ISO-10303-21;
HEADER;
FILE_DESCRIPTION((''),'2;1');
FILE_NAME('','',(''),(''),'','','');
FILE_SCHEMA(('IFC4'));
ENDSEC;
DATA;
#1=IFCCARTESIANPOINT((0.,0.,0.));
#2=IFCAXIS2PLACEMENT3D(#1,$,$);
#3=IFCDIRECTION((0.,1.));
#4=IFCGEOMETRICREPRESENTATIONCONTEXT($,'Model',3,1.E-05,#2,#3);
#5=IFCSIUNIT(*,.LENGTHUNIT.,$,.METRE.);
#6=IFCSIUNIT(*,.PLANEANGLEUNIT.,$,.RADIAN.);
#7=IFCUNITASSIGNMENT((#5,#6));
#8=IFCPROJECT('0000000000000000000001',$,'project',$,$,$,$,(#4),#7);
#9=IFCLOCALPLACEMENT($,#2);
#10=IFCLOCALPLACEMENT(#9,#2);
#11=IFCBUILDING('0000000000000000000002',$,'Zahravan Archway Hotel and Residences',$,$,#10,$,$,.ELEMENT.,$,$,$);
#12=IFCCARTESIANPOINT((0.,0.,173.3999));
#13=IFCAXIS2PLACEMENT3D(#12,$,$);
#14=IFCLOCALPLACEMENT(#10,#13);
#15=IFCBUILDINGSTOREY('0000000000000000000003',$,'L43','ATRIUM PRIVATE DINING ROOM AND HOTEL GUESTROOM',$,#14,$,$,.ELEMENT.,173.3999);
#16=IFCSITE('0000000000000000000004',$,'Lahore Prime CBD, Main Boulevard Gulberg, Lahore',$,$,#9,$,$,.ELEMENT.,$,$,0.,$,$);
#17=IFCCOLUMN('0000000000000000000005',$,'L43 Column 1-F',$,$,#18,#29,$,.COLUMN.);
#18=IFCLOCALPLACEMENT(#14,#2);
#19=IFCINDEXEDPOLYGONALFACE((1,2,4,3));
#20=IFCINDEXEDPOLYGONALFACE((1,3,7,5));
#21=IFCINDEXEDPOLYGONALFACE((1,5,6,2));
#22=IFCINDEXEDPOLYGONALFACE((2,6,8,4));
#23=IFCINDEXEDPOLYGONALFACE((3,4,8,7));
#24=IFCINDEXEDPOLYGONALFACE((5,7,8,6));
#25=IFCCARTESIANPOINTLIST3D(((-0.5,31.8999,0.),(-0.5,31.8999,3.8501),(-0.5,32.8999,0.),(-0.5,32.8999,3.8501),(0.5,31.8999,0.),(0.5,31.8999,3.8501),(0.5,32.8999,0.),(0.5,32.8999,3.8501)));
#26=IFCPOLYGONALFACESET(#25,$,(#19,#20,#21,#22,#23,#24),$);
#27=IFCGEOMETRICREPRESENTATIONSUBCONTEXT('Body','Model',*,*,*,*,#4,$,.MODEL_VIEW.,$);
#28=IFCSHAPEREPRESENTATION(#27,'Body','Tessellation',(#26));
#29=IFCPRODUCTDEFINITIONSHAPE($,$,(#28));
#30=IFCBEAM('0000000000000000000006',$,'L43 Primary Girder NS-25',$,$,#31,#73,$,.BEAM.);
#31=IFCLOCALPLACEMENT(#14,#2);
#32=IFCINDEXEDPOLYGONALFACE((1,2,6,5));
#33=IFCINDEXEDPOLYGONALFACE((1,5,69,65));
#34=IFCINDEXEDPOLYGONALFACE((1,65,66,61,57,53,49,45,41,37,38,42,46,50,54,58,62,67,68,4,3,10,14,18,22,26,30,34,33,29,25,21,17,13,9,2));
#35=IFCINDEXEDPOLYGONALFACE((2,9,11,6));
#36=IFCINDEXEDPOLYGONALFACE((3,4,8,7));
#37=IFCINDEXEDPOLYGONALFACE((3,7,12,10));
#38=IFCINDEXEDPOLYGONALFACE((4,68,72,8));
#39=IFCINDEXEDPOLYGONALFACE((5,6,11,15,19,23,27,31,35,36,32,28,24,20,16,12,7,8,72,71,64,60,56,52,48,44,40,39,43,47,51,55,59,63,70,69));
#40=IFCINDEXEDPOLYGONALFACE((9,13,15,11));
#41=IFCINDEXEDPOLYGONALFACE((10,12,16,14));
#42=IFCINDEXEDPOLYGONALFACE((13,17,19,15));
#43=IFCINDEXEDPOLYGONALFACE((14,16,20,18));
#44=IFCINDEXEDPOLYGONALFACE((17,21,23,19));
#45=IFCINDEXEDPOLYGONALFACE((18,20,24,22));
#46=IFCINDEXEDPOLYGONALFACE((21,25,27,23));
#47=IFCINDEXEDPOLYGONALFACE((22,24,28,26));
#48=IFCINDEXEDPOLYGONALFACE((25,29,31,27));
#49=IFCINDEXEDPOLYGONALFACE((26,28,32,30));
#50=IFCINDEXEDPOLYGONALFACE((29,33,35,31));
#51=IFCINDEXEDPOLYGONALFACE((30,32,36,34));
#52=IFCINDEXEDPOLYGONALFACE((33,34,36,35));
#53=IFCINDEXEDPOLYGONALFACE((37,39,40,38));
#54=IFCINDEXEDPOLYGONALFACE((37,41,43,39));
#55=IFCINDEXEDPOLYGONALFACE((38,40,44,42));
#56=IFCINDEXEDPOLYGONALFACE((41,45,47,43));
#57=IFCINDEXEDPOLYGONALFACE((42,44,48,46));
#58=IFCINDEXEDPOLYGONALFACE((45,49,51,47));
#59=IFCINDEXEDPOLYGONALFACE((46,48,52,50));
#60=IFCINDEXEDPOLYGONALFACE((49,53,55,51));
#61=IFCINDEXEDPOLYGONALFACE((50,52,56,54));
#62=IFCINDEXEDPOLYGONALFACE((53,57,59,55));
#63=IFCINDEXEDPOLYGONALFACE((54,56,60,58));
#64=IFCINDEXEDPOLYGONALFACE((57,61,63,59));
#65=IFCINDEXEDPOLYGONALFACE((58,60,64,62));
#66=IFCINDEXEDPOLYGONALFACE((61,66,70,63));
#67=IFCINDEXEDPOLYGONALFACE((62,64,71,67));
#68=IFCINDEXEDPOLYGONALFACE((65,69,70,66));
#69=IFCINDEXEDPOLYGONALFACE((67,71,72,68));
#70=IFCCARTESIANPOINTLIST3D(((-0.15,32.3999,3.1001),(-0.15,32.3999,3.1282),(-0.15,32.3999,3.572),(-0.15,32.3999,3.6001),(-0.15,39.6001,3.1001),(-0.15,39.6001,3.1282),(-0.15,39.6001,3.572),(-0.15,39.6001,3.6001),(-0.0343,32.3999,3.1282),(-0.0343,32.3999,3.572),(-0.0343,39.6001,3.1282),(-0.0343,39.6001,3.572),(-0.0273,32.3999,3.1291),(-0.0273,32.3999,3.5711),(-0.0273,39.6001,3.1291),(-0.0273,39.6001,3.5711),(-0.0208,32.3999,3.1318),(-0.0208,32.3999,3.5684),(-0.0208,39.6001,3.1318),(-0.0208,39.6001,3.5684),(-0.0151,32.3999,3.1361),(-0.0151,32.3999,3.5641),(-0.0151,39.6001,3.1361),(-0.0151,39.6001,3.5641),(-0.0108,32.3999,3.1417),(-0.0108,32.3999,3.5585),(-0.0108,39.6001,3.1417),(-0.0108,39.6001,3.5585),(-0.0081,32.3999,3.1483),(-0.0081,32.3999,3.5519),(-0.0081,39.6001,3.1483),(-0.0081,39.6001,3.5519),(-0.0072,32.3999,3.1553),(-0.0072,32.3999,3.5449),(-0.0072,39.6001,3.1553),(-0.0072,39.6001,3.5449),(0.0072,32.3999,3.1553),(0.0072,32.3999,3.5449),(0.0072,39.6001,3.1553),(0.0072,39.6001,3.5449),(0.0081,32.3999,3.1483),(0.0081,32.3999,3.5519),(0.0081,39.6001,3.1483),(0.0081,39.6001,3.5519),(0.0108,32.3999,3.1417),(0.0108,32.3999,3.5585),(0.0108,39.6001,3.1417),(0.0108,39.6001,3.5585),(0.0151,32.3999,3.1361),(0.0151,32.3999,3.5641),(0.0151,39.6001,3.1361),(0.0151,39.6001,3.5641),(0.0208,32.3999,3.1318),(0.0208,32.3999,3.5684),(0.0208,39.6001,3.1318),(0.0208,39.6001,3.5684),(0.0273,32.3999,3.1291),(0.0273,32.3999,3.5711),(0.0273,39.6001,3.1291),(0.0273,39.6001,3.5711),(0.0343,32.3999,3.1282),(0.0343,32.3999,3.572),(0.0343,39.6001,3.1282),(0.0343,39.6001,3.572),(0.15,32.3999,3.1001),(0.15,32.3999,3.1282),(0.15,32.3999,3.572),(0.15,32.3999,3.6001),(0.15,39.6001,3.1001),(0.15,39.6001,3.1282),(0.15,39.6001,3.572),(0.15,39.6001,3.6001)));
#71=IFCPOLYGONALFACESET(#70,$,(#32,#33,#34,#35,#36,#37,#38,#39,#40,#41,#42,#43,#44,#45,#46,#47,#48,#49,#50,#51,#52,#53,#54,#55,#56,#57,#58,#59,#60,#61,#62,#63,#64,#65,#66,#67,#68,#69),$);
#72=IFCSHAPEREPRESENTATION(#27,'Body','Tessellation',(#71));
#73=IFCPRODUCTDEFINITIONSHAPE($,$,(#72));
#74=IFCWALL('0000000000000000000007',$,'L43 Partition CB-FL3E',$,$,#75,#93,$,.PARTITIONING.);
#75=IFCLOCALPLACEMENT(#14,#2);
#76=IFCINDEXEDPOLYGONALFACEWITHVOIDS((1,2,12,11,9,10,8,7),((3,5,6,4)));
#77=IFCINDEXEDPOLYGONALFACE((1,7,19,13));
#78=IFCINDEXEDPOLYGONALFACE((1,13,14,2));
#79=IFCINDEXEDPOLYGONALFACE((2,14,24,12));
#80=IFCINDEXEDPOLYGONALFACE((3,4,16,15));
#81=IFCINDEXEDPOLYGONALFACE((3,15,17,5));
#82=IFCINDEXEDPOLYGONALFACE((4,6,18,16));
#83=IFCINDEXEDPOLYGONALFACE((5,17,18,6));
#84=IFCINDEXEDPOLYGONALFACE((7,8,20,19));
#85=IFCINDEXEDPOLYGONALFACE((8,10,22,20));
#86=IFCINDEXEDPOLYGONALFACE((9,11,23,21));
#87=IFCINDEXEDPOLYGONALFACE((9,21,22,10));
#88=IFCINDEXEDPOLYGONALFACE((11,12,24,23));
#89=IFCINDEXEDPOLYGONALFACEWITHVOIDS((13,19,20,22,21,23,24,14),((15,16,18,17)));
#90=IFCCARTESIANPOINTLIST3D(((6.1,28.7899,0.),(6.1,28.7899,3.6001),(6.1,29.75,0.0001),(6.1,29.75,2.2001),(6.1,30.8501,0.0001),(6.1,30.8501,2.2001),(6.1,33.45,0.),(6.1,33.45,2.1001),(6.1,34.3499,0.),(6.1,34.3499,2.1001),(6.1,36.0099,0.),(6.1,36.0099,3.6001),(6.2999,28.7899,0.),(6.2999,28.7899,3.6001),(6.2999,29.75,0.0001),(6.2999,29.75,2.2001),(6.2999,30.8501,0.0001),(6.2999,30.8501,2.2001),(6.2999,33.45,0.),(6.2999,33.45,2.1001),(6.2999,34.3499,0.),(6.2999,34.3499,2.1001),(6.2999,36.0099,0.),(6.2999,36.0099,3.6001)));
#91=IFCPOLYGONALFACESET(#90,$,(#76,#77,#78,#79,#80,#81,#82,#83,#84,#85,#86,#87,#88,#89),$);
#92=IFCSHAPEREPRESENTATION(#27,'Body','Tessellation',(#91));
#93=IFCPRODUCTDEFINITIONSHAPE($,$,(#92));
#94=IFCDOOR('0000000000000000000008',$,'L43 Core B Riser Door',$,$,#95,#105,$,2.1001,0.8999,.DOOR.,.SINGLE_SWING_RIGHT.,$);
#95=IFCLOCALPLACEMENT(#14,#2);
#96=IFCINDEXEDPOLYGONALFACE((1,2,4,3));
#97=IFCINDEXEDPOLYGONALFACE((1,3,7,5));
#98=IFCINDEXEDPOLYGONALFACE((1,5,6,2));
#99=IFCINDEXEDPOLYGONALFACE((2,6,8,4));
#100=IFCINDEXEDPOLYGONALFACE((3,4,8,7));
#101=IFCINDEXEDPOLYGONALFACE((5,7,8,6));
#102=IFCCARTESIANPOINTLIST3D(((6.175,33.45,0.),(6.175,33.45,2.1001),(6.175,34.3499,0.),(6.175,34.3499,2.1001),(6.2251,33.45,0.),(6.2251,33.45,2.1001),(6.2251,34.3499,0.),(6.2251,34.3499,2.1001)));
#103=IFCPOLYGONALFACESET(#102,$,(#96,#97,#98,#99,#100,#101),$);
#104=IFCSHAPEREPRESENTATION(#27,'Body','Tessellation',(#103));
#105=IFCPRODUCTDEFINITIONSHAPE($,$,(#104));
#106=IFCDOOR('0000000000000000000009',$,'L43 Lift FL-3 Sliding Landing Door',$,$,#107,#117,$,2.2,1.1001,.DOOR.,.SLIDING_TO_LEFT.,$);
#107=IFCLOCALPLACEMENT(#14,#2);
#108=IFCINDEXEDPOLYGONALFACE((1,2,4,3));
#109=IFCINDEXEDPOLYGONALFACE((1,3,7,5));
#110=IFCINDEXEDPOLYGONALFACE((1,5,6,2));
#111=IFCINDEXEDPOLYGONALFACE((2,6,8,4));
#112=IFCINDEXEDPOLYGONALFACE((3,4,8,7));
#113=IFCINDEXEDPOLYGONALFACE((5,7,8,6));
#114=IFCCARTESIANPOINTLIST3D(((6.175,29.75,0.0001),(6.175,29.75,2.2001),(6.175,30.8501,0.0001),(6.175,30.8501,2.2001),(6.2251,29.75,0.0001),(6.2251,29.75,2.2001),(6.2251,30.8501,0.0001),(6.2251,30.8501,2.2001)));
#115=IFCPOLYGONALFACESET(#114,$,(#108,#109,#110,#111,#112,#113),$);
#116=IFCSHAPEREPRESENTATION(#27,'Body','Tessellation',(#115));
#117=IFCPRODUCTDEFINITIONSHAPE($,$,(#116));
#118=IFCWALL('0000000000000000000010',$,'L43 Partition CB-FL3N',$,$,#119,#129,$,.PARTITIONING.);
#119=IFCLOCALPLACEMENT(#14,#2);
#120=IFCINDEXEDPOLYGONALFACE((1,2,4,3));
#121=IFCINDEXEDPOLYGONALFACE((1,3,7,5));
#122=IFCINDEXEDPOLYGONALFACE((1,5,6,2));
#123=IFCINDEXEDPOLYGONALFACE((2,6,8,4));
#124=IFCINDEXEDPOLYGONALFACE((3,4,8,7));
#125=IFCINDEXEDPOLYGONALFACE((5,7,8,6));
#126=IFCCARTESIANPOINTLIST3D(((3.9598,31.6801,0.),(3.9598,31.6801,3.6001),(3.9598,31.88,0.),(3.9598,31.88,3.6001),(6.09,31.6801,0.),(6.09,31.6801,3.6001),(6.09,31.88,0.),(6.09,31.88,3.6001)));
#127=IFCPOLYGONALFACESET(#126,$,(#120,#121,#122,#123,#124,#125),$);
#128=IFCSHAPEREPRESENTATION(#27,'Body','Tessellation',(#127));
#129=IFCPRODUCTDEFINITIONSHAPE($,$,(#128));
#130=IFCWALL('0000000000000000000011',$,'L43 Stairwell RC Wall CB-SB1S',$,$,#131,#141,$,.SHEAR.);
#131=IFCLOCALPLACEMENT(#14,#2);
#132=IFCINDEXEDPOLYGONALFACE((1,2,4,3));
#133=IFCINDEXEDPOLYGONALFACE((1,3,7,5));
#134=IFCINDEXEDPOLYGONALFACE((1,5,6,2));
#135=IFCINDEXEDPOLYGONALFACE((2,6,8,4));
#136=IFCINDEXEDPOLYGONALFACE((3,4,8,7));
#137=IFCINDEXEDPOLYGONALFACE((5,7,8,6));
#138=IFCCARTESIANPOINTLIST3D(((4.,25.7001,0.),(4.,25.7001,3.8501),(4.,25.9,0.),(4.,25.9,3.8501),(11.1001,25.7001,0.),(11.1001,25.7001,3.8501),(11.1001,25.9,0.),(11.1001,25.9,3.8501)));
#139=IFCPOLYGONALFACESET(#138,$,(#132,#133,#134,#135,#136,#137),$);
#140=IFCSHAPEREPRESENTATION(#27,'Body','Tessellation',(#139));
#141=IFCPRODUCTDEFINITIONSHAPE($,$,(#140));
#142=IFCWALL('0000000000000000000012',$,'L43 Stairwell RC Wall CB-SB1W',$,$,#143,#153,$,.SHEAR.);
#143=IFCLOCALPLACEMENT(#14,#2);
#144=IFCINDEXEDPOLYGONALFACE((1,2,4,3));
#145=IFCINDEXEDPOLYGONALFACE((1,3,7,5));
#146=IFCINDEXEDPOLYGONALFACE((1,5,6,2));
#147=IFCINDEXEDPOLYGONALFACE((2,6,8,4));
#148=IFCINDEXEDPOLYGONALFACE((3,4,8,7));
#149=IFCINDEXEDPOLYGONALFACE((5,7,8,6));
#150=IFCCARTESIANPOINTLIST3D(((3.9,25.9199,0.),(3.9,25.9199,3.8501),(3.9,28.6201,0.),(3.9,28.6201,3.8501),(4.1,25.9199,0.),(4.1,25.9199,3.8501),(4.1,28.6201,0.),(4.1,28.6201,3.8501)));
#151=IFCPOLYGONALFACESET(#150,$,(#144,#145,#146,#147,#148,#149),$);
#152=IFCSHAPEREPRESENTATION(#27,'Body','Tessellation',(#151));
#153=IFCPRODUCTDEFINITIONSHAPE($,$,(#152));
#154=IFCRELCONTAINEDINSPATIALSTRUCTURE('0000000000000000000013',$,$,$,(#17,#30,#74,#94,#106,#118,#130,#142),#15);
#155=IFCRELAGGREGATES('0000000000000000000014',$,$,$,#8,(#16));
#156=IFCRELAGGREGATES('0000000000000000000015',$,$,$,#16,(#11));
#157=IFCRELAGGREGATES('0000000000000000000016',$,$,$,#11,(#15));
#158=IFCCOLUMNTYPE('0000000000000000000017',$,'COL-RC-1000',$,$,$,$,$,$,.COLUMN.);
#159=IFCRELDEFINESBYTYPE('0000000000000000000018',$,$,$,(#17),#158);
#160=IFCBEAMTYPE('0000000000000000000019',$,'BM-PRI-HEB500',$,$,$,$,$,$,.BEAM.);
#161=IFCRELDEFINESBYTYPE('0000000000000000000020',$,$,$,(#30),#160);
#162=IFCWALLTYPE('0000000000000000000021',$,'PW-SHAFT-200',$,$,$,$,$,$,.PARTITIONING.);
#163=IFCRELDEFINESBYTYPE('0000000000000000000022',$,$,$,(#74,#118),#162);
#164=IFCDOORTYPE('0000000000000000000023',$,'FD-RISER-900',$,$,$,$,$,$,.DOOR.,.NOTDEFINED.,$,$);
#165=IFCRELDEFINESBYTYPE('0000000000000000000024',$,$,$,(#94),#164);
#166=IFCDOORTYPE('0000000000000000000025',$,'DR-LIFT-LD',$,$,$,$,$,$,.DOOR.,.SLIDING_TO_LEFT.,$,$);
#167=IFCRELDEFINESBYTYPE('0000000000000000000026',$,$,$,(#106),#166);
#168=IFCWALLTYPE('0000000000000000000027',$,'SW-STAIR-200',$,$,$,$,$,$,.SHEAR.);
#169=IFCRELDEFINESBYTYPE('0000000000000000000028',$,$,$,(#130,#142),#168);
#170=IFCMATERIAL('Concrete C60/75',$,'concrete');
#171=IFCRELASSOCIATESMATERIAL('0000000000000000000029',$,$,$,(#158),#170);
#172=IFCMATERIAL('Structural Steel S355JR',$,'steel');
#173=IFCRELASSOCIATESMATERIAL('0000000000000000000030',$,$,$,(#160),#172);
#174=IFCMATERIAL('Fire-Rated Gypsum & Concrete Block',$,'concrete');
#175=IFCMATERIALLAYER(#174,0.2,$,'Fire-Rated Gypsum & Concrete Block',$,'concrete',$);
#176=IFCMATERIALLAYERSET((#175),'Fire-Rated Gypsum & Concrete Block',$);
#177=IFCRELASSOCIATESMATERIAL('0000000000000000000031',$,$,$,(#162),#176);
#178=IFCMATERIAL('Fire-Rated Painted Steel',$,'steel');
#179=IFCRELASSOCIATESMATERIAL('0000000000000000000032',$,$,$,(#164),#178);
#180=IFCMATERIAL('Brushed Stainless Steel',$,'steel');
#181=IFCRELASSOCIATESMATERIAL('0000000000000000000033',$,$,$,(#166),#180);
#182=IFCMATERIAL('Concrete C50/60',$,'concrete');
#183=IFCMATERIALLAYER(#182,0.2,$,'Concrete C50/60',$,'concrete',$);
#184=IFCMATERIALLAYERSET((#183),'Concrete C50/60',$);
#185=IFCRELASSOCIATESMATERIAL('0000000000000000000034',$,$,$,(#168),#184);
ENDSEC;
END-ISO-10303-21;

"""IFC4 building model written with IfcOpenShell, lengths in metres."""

from ifc_helpers import new_model, si_unit, direction, frame, frame_2d, origin, origin_2d, place, context, subcontext, project, spatial, rectangle, i_section, extrude, source, transform, mapped, material, layer, layer_set, material_profile, profile_set, type_object, type_shapes, element, fill, save


model = new_model("IFC4")

# Units and contexts
model_context = context("Model", 3, precision=1e-05, world=origin(), true_north=direction((0.0, 1.0)))
body_context = subcontext(model_context, "Body", "Model", "MODEL_VIEW")
ifc_project = project(units=[si_unit("LENGTHUNIT", "METRE"), si_unit("PLANEANGLEUNIT", "RADIAN")], contexts=[model_context])

# Site, building, storey
site_placement = place(None, origin())
site = spatial("IfcSite", under=ifc_project, at=site_placement, Name="Lahore Prime CBD, Main Boulevard Gulberg, Lahore", CompositionType="ELEMENT", RefElevation=0.0)
building_placement = place(site_placement, origin())
building = spatial("IfcBuilding", under=site, at=building_placement, Name="Zahravan Archway Hotel and Residences", CompositionType="ELEMENT")
storey_placement = place(building_placement, frame((0.0, 0.0, 173.3999)))
storey = spatial("IfcBuildingStorey", under=building, at=storey_placement, Name="L43", Description="ATRIUM PRIVATE DINING ROOM AND HOTEL GUESTROOM", CompositionType="ELEMENT", Elevation=173.3999)

# Column
ifc_material_1 = material(Name="Concrete C60/75", Category="concrete")
ifc_material_profile_1 = material_profile(ifc_material_1, rectangle(XDim=1.0, YDim=1.0, at=origin_2d()), Name="RC-COL-1000x1000", Category="concrete")
ifc_profile_set_1 = profile_set([ifc_material_profile_1], Name="Concrete C60/75")
column_type = type_object("IfcColumnType", Name="COL-RC-1000", PredefinedType="COLUMN", material=ifc_profile_set_1)
shared_shape_1 = source(origin(), body_context, "Body", "SweptSolid", [
    extrude(rectangle(XDim=1.0, YDim=1.0, at=origin_2d()), origin(), (0.0, 0.0, 1.0), 3.8501),
])
column_placement = place(storey_placement, frame((0.0, 32.3999, 0.0), z_axis=(0.0, 0.0, 1.0), x_axis=(1.0, 0.0, 0.0)))
element("IfcColumn", 1, at=column_placement, inside=storey, type_object=column_type, Name="L43 Column 1-F", PredefinedType="COLUMN", context=body_context, shape_type="MappedRepresentation", body=[
    mapped(shared_shape_1, transform((0.0, 0.0, 0.0), scale=1.0)),
])

# Beam
ifc_material_2 = material(Name="Structural Steel S355JR", Category="steel")
ifc_material_profile_2 = material_profile(ifc_material_2, i_section(OverallWidth=0.3, OverallDepth=0.5, WebThickness=0.0144, FlangeThickness=0.0281, FilletRadius=0.0271, at=origin_2d()), Name="HEB 500", Category="steel")
ifc_profile_set_2 = profile_set([ifc_material_profile_2], Name="Structural Steel S355JR")
beam_type = type_object("IfcBeamType", Name="BM-PRI-HEB500", PredefinedType="BEAM", material=ifc_profile_set_2)
shared_shape_2 = source(origin(), body_context, "Body", "SweptSolid", [
    extrude(i_section(OverallWidth=0.3, OverallDepth=0.5, WebThickness=0.0144, FlangeThickness=0.0281, FilletRadius=0.0271, at=origin_2d()), origin(), (0.0, 0.0, 1.0), 7.2002),
])
type_shapes(beam_type, [shared_shape_2])
beam_placement = place(storey_placement, frame((0.0, 32.3999, 3.3501), z_axis=(0.0, 1.0, 0.0), x_axis=(-1.0, 0.0, 0.0)))
element("IfcBeam", 2, at=beam_placement, inside=storey, type_object=beam_type, Name="L43 Primary Girder NS-25", PredefinedType="BEAM", context=body_context, shape_type="MappedRepresentation", body=[
    mapped(shared_shape_2, transform((0.0, 0.0, 0.0), scale=1.0)),
])

# Wall, openings, doors
ifc_material_3 = material(Name="Fire-Rated Gypsum & Concrete Block", Category="concrete")
ifc_layer_1 = layer(ifc_material_3, 0.2, Name="Fire-Rated Gypsum & Concrete Block", Category="concrete")
ifc_layer_set_1 = layer_set([ifc_layer_1], Name="Fire-Rated Gypsum & Concrete Block")
wall_type_1 = type_object("IfcWallType", Name="PW-SHAFT-200", PredefinedType="PARTITIONING", material=ifc_layer_set_1)
wall_1_placement = place(storey_placement, frame((6.2, 28.79, 0.0), z_axis=(0.0, 0.0, 1.0), x_axis=(0.0, 1.0, 0.0)))
wall_1 = element("IfcWall", 3, at=wall_1_placement, inside=storey, type_object=wall_type_1, Name="L43 Partition CB-FL3E", PredefinedType="PARTITIONING", context=body_context, shape_type="SweptSolid", body=[
    extrude(rectangle(XDim=7.22, YDim=0.2, at=frame_2d((3.6099, 0.0))), origin(), (0.0, 0.0, 1.0), 3.6001),
])
opening_1_placement = place(wall_1_placement, frame((4.6599, 0.0, 0.0)))
opening_1 = element("IfcOpeningElement", 4, at=opening_1_placement, cuts=wall_1, PredefinedType="OPENING", context=body_context, shape_type="SweptSolid", body=[
    extrude(rectangle(XDim=0.8999, YDim=2.1001, at=frame_2d((0.45, 1.05))), frame((0.0, 0.1099, 0.0), z_axis=(0.0, -1.0, 0.0), x_axis=(1.0, 0.0, 0.0)), (0.0, 0.0, 1.0), 0.22),
])
opening_2_placement = place(wall_1_placement, frame((0.96, 0.0, 0.0)))
opening_2 = element("IfcOpeningElement", 5, at=opening_2_placement, cuts=wall_1, PredefinedType="OPENING", context=body_context, shape_type="SweptSolid", body=[
    extrude(rectangle(XDim=1.1001, YDim=2.2, at=frame_2d((0.55, 1.1001))), frame((0.0, 0.1099, 0.0), z_axis=(0.0, -1.0, 0.0), x_axis=(1.0, 0.0, 0.0)), (0.0, 0.0, 1.0), 0.22),
])
ifc_material_4 = material(Name="Fire-Rated Painted Steel", Category="steel")
door_type_1 = type_object("IfcDoorType", Name="FD-RISER-900", OperationType="NOTDEFINED", PredefinedType="DOOR", material=ifc_material_4)
shared_shape_3 = source(origin(), body_context, "Body", "SweptSolid", [
    extrude(rectangle(XDim=0.8999, YDim=2.1001, at=frame_2d((0.45, 1.05))), frame((0.0, 0.0249, 0.0), z_axis=(0.0, -1.0, 0.0), x_axis=(1.0, 0.0, 0.0)), (0.0, 0.0, 1.0), 0.05),
])
type_shapes(door_type_1, [shared_shape_3])
door_1_placement = place(opening_1_placement, origin())
door_1 = element("IfcDoor", 6, at=door_1_placement, inside=storey, type_object=door_type_1, Name="L43 Core B Riser Door", OperationType="SINGLE_SWING_RIGHT", OverallHeight=2.1001, OverallWidth=0.8999, PredefinedType="DOOR", context=body_context, shape_type="MappedRepresentation", body=[
    mapped(shared_shape_3, transform((0.0, 0.0, 0.0), scale=1.0)),
])
fill(opening_1, door_1)
ifc_material_5 = material(Name="Brushed Stainless Steel", Category="steel")
door_type_2 = type_object("IfcDoorType", Name="DR-LIFT-LD", OperationType="SLIDING_TO_LEFT", PredefinedType="DOOR", material=ifc_material_5)
shared_shape_4 = source(origin(), body_context, "Body", "SweptSolid", [
    extrude(rectangle(XDim=1.1001, YDim=2.2, at=frame_2d((0.55, 1.1001))), frame((0.0, 0.0249, 0.0), z_axis=(0.0, -1.0, 0.0), x_axis=(1.0, 0.0, 0.0)), (0.0, 0.0, 1.0), 0.05),
])
type_shapes(door_type_2, [shared_shape_4])
door_2_placement = place(opening_2_placement, origin())
door_2 = element("IfcDoor", 7, at=door_2_placement, inside=storey, type_object=door_type_2, Name="L43 Lift FL-3 Sliding Landing Door", OperationType="SLIDING_TO_LEFT", OverallHeight=2.2, OverallWidth=1.1001, PredefinedType="DOOR", context=body_context, shape_type="MappedRepresentation", body=[
    mapped(shared_shape_4, transform((0.0, 0.0, 0.0), scale=1.0)),
])
fill(opening_2, door_2)

# Walls
wall_2_placement = place(storey_placement, frame((3.96, 31.78, 0.0), z_axis=(0.0, 0.0, 1.0), x_axis=(1.0, 0.0, 0.0)))
element("IfcWall", 8, at=wall_2_placement, inside=storey, type_object=wall_type_1, Name="L43 Partition CB-FL3N", PredefinedType="PARTITIONING", context=body_context, shape_type="SweptSolid", body=[
    extrude(rectangle(XDim=2.1301, YDim=0.2, at=frame_2d((1.0649, 0.0))), origin(), (0.0, 0.0, 1.0), 3.6001),
])
ifc_material_6 = material(Name="Concrete C50/60", Category="concrete")
ifc_layer_2 = layer(ifc_material_6, 0.2, Name="Concrete C50/60", Category="concrete")
ifc_layer_set_2 = layer_set([ifc_layer_2], Name="Concrete C50/60")
wall_type_2 = type_object("IfcWallType", Name="SW-STAIR-200", PredefinedType="SHEAR", material=ifc_layer_set_2)
wall_3_placement = place(storey_placement, frame((4.0, 25.8, 0.0), z_axis=(0.0, 0.0, 1.0), x_axis=(1.0, 0.0, 0.0)))
element("IfcWall", 9, at=wall_3_placement, inside=storey, type_object=wall_type_2, Name="L43 Stairwell RC Wall CB-SB1S", PredefinedType="SHEAR", context=body_context, shape_type="SweptSolid", body=[
    extrude(rectangle(XDim=7.1001, YDim=0.2, at=frame_2d((3.55, 0.0))), origin(), (0.0, 0.0, 1.0), 3.8501),
])
wall_4_placement = place(storey_placement, frame((4.0, 25.9199, 0.0), z_axis=(0.0, 0.0, 1.0), x_axis=(0.0, 1.0, 0.0)))
element("IfcWall", 10, at=wall_4_placement, inside=storey, type_object=wall_type_2, Name="L43 Stairwell RC Wall CB-SB1W", PredefinedType="SHEAR", context=body_context, shape_type="SweptSolid", body=[
    extrude(rectangle(XDim=2.7002, YDim=0.2, at=frame_2d((1.3501, 0.0))), origin(), (0.0, 0.0, 1.0), 3.8501),
])

save(model, "model.ifc")
